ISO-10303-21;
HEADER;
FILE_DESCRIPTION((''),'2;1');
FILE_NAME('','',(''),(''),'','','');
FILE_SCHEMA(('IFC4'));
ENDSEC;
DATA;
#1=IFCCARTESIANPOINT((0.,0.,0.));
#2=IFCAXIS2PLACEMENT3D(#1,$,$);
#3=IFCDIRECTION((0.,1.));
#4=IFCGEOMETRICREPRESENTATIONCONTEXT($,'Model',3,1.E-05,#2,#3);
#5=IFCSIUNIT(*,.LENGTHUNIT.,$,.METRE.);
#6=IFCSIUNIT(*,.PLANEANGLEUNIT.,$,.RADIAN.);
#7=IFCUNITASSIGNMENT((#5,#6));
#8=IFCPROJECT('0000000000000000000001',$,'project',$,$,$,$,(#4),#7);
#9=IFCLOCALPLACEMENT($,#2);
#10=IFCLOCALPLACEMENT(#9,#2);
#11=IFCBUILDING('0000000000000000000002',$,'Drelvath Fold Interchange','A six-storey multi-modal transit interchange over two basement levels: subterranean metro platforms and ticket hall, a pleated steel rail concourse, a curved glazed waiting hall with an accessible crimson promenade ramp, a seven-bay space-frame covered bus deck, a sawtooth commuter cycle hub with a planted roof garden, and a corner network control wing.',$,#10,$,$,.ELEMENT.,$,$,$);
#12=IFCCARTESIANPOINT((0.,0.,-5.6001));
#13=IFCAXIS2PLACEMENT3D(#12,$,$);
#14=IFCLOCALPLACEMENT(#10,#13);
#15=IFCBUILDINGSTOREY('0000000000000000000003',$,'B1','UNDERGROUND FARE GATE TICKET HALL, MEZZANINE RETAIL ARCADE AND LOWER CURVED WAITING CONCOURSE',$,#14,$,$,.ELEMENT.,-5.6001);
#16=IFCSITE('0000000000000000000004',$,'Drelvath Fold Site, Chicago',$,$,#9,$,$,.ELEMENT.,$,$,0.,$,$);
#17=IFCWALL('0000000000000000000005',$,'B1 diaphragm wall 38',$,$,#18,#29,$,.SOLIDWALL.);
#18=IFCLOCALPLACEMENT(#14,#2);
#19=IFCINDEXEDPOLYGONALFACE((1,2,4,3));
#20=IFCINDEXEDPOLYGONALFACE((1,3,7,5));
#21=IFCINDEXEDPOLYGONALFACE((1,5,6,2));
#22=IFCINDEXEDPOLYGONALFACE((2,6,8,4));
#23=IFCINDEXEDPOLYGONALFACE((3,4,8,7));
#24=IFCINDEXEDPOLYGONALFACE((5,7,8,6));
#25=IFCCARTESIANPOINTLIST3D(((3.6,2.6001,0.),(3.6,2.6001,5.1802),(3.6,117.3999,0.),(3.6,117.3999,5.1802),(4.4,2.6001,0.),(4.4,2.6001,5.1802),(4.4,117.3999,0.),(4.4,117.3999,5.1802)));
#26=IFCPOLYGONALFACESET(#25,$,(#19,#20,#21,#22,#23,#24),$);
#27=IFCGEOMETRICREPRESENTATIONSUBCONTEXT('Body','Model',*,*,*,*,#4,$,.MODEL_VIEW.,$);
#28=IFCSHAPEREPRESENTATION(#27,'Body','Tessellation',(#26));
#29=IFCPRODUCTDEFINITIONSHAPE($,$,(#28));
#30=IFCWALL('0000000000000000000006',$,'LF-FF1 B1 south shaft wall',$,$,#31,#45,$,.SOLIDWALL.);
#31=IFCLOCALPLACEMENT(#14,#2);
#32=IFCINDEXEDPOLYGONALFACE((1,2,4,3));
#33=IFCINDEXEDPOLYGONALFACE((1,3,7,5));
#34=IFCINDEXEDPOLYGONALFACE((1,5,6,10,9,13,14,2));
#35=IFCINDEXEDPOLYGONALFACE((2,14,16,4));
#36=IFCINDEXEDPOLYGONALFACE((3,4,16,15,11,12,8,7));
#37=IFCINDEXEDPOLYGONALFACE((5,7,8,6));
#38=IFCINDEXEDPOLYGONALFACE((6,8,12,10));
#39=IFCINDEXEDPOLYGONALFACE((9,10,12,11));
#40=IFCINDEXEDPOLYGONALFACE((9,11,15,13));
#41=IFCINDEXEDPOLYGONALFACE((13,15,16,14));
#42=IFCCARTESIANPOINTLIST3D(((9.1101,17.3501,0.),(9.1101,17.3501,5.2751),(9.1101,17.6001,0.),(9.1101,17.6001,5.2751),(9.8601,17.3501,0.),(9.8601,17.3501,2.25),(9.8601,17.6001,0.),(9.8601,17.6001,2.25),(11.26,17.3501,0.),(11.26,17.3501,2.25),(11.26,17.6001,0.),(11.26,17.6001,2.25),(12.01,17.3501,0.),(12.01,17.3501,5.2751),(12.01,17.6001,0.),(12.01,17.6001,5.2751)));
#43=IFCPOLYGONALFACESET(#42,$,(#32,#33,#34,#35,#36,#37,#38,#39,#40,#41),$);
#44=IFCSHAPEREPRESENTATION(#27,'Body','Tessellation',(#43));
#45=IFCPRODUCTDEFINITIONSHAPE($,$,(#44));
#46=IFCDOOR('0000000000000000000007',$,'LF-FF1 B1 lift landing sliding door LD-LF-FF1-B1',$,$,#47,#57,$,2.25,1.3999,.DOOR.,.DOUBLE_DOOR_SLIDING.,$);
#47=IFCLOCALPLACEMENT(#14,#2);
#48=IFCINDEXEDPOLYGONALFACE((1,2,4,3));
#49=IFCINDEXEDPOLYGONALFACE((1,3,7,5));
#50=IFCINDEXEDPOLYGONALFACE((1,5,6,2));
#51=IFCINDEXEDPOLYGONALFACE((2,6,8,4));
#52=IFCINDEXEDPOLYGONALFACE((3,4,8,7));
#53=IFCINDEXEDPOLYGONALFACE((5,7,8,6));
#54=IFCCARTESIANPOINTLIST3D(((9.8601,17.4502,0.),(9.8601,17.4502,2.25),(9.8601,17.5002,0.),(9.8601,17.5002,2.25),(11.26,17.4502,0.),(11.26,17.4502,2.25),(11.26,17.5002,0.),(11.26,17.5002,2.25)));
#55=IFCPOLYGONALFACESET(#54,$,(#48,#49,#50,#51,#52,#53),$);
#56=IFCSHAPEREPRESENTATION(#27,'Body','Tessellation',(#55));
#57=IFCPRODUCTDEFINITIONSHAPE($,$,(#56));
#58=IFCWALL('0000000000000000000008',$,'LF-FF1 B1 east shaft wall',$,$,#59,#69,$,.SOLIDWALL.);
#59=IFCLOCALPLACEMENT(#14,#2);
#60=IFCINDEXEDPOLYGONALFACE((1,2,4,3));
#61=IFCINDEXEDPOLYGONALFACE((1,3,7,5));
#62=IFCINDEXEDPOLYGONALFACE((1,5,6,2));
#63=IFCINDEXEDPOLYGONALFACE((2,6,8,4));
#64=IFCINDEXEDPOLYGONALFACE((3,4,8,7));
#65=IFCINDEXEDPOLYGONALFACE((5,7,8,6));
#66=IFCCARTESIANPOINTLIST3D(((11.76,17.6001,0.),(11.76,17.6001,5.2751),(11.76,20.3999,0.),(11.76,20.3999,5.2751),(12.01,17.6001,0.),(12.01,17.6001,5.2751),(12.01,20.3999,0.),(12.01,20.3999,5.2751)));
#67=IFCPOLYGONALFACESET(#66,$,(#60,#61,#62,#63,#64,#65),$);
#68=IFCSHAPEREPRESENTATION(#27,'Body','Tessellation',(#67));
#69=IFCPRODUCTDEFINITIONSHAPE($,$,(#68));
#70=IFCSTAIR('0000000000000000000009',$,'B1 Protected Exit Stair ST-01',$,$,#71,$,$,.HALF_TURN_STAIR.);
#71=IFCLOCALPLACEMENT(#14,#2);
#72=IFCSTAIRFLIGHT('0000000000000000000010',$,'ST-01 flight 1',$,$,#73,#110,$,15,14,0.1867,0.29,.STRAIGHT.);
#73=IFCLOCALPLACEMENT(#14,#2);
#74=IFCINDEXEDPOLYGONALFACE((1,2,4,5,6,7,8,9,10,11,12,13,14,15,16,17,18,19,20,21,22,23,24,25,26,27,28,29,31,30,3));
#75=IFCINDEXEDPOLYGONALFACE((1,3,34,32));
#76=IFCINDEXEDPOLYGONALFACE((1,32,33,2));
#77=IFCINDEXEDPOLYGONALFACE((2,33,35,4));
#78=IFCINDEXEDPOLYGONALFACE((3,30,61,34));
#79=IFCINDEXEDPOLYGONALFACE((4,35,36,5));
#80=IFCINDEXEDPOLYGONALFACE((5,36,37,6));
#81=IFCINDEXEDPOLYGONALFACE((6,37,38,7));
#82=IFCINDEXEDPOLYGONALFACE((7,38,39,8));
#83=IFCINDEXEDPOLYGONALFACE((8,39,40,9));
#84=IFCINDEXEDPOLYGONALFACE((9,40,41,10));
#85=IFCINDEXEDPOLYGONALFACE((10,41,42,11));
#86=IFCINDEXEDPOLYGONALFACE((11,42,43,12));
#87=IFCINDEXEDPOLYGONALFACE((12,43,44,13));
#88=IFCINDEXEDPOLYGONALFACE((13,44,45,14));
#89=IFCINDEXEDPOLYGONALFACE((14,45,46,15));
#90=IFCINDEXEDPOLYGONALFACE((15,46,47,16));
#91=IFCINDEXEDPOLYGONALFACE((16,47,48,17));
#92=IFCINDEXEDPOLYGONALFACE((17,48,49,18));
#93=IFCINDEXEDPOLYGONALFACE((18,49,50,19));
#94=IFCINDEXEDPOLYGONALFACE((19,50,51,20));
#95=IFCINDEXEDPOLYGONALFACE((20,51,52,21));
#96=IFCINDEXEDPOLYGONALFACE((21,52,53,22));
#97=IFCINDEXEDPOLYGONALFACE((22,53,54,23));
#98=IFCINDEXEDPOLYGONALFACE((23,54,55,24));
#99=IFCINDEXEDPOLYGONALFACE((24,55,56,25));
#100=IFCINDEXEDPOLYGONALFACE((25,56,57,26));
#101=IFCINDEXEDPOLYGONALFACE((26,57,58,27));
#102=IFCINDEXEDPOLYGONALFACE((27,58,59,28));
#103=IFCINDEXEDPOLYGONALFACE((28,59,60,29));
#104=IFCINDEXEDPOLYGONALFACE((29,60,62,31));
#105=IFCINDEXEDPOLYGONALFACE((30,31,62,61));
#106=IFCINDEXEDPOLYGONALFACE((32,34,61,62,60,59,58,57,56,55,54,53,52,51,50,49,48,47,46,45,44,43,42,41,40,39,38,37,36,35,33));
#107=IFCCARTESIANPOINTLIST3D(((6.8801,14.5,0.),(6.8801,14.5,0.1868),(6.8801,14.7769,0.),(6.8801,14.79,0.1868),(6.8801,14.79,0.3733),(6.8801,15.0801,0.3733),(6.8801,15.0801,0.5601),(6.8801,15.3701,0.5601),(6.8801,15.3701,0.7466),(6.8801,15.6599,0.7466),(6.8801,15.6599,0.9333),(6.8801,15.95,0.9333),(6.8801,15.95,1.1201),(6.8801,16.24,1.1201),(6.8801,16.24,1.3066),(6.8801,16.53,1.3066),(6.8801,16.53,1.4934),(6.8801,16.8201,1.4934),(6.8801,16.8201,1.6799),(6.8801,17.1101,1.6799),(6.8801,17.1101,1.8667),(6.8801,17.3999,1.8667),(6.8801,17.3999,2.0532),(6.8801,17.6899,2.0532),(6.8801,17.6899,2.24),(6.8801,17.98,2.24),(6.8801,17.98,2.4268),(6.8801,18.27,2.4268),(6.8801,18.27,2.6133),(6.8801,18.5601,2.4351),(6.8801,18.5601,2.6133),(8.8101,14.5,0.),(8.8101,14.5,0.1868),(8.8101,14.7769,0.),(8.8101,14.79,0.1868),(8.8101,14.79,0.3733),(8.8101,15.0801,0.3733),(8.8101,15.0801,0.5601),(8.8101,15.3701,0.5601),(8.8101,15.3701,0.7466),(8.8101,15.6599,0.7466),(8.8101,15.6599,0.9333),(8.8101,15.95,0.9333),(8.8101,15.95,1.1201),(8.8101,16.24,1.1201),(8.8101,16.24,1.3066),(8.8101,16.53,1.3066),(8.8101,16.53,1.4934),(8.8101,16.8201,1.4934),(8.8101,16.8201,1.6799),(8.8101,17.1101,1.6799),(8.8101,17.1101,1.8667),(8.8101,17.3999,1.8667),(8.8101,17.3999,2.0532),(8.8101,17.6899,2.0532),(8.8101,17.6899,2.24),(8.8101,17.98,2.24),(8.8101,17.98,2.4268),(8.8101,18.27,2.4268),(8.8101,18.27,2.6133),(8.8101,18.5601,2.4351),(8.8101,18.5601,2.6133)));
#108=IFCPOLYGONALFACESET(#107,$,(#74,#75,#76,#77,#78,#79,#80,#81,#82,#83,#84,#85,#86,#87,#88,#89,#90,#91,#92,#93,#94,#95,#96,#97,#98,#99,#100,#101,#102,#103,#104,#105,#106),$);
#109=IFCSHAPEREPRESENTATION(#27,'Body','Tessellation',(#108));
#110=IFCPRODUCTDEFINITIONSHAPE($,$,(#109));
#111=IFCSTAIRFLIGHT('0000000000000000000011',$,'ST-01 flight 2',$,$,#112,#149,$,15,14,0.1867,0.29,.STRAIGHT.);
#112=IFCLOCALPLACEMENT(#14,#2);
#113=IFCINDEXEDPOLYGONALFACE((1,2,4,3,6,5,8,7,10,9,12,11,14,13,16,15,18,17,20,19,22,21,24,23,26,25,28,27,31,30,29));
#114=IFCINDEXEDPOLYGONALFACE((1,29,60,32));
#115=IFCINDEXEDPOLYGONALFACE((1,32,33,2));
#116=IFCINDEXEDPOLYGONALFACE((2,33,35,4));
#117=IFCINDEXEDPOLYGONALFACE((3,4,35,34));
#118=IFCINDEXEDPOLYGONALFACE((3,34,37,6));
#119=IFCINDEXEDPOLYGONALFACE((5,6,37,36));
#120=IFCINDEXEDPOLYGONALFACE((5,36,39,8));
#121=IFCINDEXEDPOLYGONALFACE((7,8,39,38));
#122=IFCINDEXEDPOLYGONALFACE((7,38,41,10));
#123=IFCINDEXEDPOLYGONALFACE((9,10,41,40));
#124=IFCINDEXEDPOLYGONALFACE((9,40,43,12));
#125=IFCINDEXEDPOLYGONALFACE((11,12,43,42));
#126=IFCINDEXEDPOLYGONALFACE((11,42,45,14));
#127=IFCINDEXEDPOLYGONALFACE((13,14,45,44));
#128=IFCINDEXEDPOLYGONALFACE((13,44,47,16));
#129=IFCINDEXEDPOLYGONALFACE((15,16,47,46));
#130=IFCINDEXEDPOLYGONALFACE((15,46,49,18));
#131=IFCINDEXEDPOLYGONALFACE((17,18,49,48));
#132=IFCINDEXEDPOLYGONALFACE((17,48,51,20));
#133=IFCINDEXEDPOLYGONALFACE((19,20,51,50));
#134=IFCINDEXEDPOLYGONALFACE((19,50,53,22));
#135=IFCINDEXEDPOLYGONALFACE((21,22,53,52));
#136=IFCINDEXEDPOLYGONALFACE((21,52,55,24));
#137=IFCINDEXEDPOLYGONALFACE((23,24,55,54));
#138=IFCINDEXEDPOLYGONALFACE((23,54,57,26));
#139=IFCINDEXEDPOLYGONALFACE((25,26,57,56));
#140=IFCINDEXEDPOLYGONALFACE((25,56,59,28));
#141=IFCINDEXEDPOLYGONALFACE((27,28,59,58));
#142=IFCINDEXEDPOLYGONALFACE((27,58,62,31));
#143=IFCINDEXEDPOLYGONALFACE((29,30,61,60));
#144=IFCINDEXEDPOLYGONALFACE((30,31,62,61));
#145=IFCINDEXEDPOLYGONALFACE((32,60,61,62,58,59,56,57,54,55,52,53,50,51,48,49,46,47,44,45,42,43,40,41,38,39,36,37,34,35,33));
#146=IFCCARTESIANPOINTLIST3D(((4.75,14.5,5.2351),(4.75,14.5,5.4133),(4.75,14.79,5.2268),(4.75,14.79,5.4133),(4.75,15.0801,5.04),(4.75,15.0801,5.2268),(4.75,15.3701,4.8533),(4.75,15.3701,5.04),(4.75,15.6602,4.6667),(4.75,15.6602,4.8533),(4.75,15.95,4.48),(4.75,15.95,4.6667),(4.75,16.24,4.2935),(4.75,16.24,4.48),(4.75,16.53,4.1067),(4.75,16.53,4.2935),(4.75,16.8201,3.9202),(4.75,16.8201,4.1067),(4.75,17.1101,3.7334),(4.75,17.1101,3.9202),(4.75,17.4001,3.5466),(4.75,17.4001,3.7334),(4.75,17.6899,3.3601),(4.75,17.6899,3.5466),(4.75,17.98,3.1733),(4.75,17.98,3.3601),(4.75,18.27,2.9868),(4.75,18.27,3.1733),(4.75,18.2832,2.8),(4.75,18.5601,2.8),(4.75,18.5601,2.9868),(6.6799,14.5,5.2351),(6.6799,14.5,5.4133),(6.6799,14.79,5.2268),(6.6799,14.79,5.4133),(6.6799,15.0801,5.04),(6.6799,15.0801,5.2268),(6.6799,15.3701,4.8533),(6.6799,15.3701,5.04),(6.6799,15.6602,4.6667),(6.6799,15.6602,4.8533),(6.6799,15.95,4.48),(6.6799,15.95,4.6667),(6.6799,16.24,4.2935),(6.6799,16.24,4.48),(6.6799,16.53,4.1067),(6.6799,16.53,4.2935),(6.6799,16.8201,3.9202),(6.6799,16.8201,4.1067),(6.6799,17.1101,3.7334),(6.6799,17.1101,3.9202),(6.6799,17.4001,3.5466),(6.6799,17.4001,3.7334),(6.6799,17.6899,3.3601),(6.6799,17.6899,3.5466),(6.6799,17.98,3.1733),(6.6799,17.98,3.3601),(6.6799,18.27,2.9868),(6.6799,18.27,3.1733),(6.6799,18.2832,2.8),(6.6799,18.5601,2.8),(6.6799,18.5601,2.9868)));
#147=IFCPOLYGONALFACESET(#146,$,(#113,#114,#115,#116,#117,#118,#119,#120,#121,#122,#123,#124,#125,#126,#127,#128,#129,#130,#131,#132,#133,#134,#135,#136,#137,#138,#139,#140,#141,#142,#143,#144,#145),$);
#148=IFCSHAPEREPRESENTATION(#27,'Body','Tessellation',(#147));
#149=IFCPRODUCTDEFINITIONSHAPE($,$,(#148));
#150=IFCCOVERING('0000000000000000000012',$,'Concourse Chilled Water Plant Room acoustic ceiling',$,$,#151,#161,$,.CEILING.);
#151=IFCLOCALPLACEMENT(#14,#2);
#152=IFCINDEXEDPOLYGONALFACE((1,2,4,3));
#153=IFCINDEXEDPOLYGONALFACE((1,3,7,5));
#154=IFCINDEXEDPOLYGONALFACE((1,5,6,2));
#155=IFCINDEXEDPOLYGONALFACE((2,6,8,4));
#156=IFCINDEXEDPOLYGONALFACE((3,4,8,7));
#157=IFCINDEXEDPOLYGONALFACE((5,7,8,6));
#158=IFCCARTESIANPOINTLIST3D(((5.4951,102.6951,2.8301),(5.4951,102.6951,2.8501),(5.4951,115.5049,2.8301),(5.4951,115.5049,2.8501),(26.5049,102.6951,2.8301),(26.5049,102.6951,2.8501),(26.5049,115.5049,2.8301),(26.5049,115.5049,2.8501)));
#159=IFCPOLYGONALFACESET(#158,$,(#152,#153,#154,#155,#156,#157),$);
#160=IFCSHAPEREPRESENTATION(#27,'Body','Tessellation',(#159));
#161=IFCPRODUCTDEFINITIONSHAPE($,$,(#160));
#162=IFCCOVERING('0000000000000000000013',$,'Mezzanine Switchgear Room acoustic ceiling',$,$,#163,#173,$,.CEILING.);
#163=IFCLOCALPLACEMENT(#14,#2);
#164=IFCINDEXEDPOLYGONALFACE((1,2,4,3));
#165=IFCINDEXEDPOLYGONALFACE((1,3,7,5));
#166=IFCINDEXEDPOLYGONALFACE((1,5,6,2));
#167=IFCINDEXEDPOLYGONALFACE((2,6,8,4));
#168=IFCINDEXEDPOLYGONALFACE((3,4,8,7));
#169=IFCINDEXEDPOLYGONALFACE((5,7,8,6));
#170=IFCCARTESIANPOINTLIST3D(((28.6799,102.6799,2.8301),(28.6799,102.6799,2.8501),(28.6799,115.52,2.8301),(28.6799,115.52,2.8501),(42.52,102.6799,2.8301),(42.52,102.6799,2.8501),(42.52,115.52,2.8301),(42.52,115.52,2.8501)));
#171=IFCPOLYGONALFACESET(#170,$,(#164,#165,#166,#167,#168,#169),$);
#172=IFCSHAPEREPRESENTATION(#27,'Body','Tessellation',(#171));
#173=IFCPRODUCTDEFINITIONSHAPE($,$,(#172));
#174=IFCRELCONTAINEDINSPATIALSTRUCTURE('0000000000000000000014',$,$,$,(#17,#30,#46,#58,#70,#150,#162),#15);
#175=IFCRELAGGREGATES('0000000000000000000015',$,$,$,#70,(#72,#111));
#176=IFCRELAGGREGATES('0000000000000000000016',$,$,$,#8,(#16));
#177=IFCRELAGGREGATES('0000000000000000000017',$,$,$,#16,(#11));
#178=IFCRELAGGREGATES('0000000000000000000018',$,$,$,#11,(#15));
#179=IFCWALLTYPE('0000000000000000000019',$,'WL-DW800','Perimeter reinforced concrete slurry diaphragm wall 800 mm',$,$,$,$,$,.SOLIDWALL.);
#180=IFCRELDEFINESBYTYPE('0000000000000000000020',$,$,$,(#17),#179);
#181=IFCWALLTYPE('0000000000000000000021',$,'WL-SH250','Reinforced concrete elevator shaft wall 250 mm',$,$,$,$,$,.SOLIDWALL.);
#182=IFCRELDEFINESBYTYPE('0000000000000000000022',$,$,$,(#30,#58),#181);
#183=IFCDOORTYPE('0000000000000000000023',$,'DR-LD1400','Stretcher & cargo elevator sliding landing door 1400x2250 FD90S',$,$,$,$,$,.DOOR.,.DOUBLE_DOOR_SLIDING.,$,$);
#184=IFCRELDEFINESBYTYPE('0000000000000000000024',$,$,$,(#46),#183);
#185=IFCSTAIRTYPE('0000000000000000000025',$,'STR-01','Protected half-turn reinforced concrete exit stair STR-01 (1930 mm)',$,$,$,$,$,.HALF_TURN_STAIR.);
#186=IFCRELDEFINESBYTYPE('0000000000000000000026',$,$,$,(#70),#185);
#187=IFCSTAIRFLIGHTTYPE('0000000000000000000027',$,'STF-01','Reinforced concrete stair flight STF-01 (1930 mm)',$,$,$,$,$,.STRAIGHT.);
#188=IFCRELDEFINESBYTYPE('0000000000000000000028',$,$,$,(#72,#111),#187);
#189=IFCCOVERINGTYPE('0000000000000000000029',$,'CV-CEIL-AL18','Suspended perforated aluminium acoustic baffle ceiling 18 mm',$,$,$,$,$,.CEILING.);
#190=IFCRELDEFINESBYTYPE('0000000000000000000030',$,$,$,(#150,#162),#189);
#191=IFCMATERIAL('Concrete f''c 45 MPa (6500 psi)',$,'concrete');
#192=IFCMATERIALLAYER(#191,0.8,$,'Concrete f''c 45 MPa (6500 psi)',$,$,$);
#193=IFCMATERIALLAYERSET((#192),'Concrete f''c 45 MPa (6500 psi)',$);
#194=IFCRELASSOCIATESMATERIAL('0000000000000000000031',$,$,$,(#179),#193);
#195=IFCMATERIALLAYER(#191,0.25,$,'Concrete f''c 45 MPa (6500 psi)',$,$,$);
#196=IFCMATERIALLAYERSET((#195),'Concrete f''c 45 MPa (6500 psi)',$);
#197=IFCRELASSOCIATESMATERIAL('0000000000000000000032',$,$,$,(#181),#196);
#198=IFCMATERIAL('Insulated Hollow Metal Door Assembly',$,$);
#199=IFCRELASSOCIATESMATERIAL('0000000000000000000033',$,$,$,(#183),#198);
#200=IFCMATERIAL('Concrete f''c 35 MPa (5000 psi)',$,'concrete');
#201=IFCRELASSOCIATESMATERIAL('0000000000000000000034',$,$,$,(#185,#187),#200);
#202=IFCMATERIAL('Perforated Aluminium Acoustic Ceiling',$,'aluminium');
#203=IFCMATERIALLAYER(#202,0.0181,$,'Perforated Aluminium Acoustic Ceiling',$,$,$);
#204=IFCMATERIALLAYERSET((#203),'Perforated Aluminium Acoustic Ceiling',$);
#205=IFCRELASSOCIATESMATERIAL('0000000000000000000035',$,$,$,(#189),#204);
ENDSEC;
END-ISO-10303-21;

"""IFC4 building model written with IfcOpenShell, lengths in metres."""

from ifc_helpers import new_model, si_unit, direction, frame, frame_2d, origin, place, context, subcontext, project, spatial, polyline, rectangle, outline, extrude, material, layer, layer_set, type_object, element, fill, aggregate, save


model = new_model("IFC4")

# Units and contexts
model_context = context("Model", 3, precision=1e-05, world=origin(), true_north=direction((0.0, 1.0)))
body_context = subcontext(model_context, "Body", "Model", "MODEL_VIEW")
ifc_project = project(units=[si_unit("LENGTHUNIT", "METRE"), si_unit("PLANEANGLEUNIT", "RADIAN")], contexts=[model_context])

# Site, building, storey
site_placement = place(None, origin())
site = spatial("IfcSite", under=ifc_project, at=site_placement, Name="Drelvath Fold Site, Chicago", CompositionType="ELEMENT", RefElevation=0.0)
building_placement = place(site_placement, origin())
building = spatial("IfcBuilding", under=site, at=building_placement, Name="Drelvath Fold Interchange", Description="A six-storey multi-modal transit interchange over two basement levels: subterranean metro platforms and ticket hall, a pleated steel rail concourse, a curved glazed waiting hall with an accessible crimson promenade ramp, a seven-bay space-frame covered bus deck, a sawtooth commuter cycle hub with a planted roof garden, and a corner network control wing.", CompositionType="ELEMENT")
storey_placement = place(building_placement, frame((0.0, 0.0, -5.6001)))
storey = spatial("IfcBuildingStorey", under=building, at=storey_placement, Name="B1", Description="UNDERGROUND FARE GATE TICKET HALL, MEZZANINE RETAIL ARCADE AND LOWER CURVED WAITING CONCOURSE", CompositionType="ELEMENT", Elevation=-5.6001)

# Shared definitions
ifc_material_1 = material(Name="Concrete f'c 45 MPa (6500 psi)", Category="concrete")

# Shared definitions
ifc_material_2 = material(Name="Insulated Hollow Metal Door Assembly")

# Wall
ifc_layer_1 = layer(ifc_material_1, 0.8, Name="Concrete f'c 45 MPa (6500 psi)")
ifc_layer_set_1 = layer_set([ifc_layer_1], Name="Concrete f'c 45 MPa (6500 psi)")
wall_type_1 = type_object("IfcWallType", Name="WL-DW800", Description="Perimeter reinforced concrete slurry diaphragm wall 800 mm", PredefinedType="SOLIDWALL", material=ifc_layer_set_1)
wall_1_placement = place(storey_placement, frame((4.0, 2.6001, 0.0), z_axis=(0.0, 0.0, 1.0), x_axis=(0.0, 1.0, 0.0)))
element("IfcWall", 1, at=wall_1_placement, inside=storey, type_object=wall_type_1, Name="B1 diaphragm wall 38", PredefinedType="SOLIDWALL", context=body_context, shape_type="SweptSolid", body=[
    extrude(rectangle(XDim=114.7998, YDim=0.8, at=frame_2d((57.3999, 0.0))), origin(), (0.0, 0.0, 1.0), 5.1802),
])

# Wall, opening, door
ifc_layer_2 = layer(ifc_material_1, 0.25, Name="Concrete f'c 45 MPa (6500 psi)")
ifc_layer_set_2 = layer_set([ifc_layer_2], Name="Concrete f'c 45 MPa (6500 psi)")
wall_type_2 = type_object("IfcWallType", Name="WL-SH250", Description="Reinforced concrete elevator shaft wall 250 mm", PredefinedType="SOLIDWALL", material=ifc_layer_set_2)
wall_2_placement = place(storey_placement, frame((9.1101, 17.4751, 0.0), z_axis=(0.0, 0.0, 1.0), x_axis=(1.0, 0.0, 0.0)))
wall_2 = element("IfcWall", 2, at=wall_2_placement, inside=storey, type_object=wall_type_2, Name="LF-FF1 B1 south shaft wall", PredefinedType="SOLIDWALL", context=body_context, shape_type="SweptSolid", body=[
    extrude(rectangle(XDim=2.8999, YDim=0.25, at=frame_2d((1.45, 0.0))), origin(), (0.0, 0.0, 1.0), 5.2751),
])
opening_1_placement = place(wall_2_placement, frame((0.75, 0.0, 0.0)))
opening_1 = element("IfcOpeningElement", 3, at=opening_1_placement, cuts=wall_2, PredefinedType="OPENING", context=body_context, shape_type="SweptSolid", body=[
    extrude(rectangle(XDim=1.3999, YDim=2.25, at=frame_2d((0.7, 1.125))), frame((0.0, 0.135, 0.0), z_axis=(0.0, -1.0, 0.0), x_axis=(1.0, 0.0, 0.0)), (0.0, 0.0, 1.0), 0.27),
])
door_type_1 = type_object("IfcDoorType", Name="DR-LD1400", Description="Stretcher & cargo elevator sliding landing door 1400x2250 FD90S", OperationType="DOUBLE_DOOR_SLIDING", PredefinedType="DOOR", material=ifc_material_2)
door_1_placement = place(opening_1_placement, frame((1.3999, 0.0, 0.0), z_axis=(0.0, 0.0, 1.0), x_axis=(-1.0, 0.0, 0.0)))
door_1 = element("IfcDoor", 4, at=door_1_placement, inside=storey, type_object=door_type_1, Name="LF-FF1 B1 lift landing sliding door LD-LF-FF1-B1", OperationType="DOUBLE_DOOR_SLIDING", OverallHeight=2.25, OverallWidth=1.3999, PredefinedType="DOOR", context=body_context, shape_type="SweptSolid", body=[
    extrude(rectangle(XDim=1.3999, YDim=2.25, at=frame_2d((0.7, 1.125))), frame((0.0, 0.0249, 0.0), z_axis=(0.0, -1.0, 0.0), x_axis=(1.0, 0.0, 0.0)), (0.0, 0.0, 1.0), 0.05),
])
fill(opening_1, door_1)

# Wall
wall_3_placement = place(storey_placement, frame((11.885, 17.6001, 0.0), z_axis=(0.0, 0.0, 1.0), x_axis=(0.0, 1.0, 0.0)))
element("IfcWall", 5, at=wall_3_placement, inside=storey, type_object=wall_type_2, Name="LF-FF1 B1 east shaft wall", PredefinedType="SOLIDWALL", context=body_context, shape_type="SweptSolid", body=[
    extrude(rectangle(XDim=2.7998, YDim=0.25, at=frame_2d((1.3999, 0.0))), origin(), (0.0, 0.0, 1.0), 5.2751),
])

# Stair, stair flights
ifc_material_3 = material(Name="Concrete f'c 35 MPa (5000 psi)", Category="concrete")
stair_type = type_object("IfcStairType", Name="STR-01", Description="Protected half-turn reinforced concrete exit stair STR-01 (1930 mm)", PredefinedType="HALF_TURN_STAIR", material=ifc_material_3)
stair_placement = place(storey_placement, origin())
stair = element("IfcStair", 6, at=stair_placement, inside=storey, type_object=stair_type, Name="B1 Protected Exit Stair ST-01", PredefinedType="HALF_TURN_STAIR")
stair_flight_type = type_object("IfcStairFlightType", Name="STF-01", Description="Reinforced concrete stair flight STF-01 (1930 mm)", PredefinedType="STRAIGHT", material=ifc_material_3)
stair_flight_1_placement = place(storey_placement, frame((7.845, 14.5, 0.0), z_axis=(0.0, 0.0, 1.0), x_axis=(0.0, 1.0, 0.0)))
stair_flight_1 = element("IfcStairFlight", 7, at=stair_flight_1_placement, type_object=stair_flight_type, Name="ST-01 flight 1", NumberOfRisers=15, NumberOfTreads=14, PredefinedType="STRAIGHT", RiserHeight=0.1867, TreadLength=0.29, context=body_context, shape_type="SweptSolid", body=[
    extrude(outline(polyline([(0.0, 0.0), (0.0, 0.1868), (0.29, 0.1868), (0.29, 0.3733), (0.5801, 0.3733), (0.5801, 0.5601), (0.8701, 0.5601), (0.8701, 0.7466), (1.1599, 0.7466), (1.1599, 0.9333), (1.45, 0.9333), (1.45, 1.1201), (1.74, 1.1201), (1.74, 1.3066), (2.03, 1.3066), (2.03, 1.4934), (2.3201, 1.4934), (2.3201, 1.6799), (2.6101, 1.6799), (2.6101, 1.8667), (2.8999, 1.8667), (2.8999, 2.0532), (3.1899, 2.0532), (3.1899, 2.24), (3.48, 2.24), (3.48, 2.4268), (3.77, 2.4268), (3.77, 2.6133), (4.0601, 2.6133), (4.0601, 2.8), (4.0601, 2.4351), (0.2769, 0.0), (0.0, 0.0)])), frame((0.0, 0.9648, 0.0), z_axis=(0.0, -1.0, 0.0), x_axis=(1.0, 0.0, 0.0)), (0.0, 0.0, 1.0), 1.9299),
])
stair_flight_2_placement = place(storey_placement, frame((5.7151, 18.5601, 2.8), z_axis=(0.0, 0.0, 1.0), x_axis=(0.0, -1.0, 0.0)))
stair_flight_2 = element("IfcStairFlight", 8, at=stair_flight_2_placement, type_object=stair_flight_type, Name="ST-01 flight 2", NumberOfRisers=15, NumberOfTreads=14, PredefinedType="STRAIGHT", RiserHeight=0.1867, TreadLength=0.29, context=body_context, shape_type="SweptSolid", body=[
    extrude(outline(polyline([(0.0, 0.0), (0.0, 0.1868), (0.29, 0.1868), (0.29, 0.3733), (0.5801, 0.3733), (0.5801, 0.5601), (0.8701, 0.5601), (0.8701, 0.7466), (1.1599, 0.7466), (1.1599, 0.9333), (1.45, 0.9333), (1.45, 1.1201), (1.74, 1.1201), (1.74, 1.3066), (2.03, 1.3066), (2.03, 1.4934), (2.3201, 1.4934), (2.3201, 1.6799), (2.6101, 1.6799), (2.6101, 1.8667), (2.8999, 1.8667), (2.8999, 2.0532), (3.1899, 2.0532), (3.1899, 2.24), (3.48, 2.24), (3.48, 2.4268), (3.77, 2.4268), (3.77, 2.6133), (4.0601, 2.6133), (4.0601, 2.8), (4.0601, 2.4351), (0.2769, 0.0), (0.0, 0.0)])), frame((0.0, 0.9648, 0.0), z_axis=(0.0, -1.0, 0.0), x_axis=(1.0, 0.0, 0.0)), (0.0, 0.0, 1.0), 1.9299),
])
aggregate(stair, [stair_flight_1, stair_flight_2])

# Coverings
ifc_material_4 = material(Name="Perforated Aluminium Acoustic Ceiling", Category="aluminium")
ifc_layer_3 = layer(ifc_material_4, 0.0181, Name="Perforated Aluminium Acoustic Ceiling")
ifc_layer_set_3 = layer_set([ifc_layer_3], Name="Perforated Aluminium Acoustic Ceiling")
covering_type = type_object("IfcCoveringType", Name="CV-CEIL-AL18", Description="Suspended perforated aluminium acoustic baffle ceiling 18 mm", PredefinedType="CEILING", material=ifc_layer_set_3)
covering_1_placement = place(storey_placement, frame((0.0, 0.0, 2.8301)))
element("IfcCovering", 9, at=covering_1_placement, inside=storey, type_object=covering_type, Name="Concourse Chilled Water Plant Room acoustic ceiling", PredefinedType="CEILING", context=body_context, shape_type="SweptSolid", body=[
    extrude(outline(polyline([(5.4951, 102.6951), (26.5049, 102.6951), (26.5049, 115.5049), (5.4951, 115.5049), (5.4951, 102.6951)])), origin(), (0.0, 0.0, 1.0), 0.02),
])
covering_2_placement = place(storey_placement, frame((0.0, 0.0, 2.8301)))
element("IfcCovering", 10, at=covering_2_placement, inside=storey, type_object=covering_type, Name="Mezzanine Switchgear Room acoustic ceiling", PredefinedType="CEILING", context=body_context, shape_type="SweptSolid", body=[
    extrude(outline(polyline([(28.6799, 102.6799), (42.52, 102.6799), (42.52, 115.52), (28.6799, 115.52), (28.6799, 102.6799)])), origin(), (0.0, 0.0, 1.0), 0.02),
])

save(model, "model.ifc")
